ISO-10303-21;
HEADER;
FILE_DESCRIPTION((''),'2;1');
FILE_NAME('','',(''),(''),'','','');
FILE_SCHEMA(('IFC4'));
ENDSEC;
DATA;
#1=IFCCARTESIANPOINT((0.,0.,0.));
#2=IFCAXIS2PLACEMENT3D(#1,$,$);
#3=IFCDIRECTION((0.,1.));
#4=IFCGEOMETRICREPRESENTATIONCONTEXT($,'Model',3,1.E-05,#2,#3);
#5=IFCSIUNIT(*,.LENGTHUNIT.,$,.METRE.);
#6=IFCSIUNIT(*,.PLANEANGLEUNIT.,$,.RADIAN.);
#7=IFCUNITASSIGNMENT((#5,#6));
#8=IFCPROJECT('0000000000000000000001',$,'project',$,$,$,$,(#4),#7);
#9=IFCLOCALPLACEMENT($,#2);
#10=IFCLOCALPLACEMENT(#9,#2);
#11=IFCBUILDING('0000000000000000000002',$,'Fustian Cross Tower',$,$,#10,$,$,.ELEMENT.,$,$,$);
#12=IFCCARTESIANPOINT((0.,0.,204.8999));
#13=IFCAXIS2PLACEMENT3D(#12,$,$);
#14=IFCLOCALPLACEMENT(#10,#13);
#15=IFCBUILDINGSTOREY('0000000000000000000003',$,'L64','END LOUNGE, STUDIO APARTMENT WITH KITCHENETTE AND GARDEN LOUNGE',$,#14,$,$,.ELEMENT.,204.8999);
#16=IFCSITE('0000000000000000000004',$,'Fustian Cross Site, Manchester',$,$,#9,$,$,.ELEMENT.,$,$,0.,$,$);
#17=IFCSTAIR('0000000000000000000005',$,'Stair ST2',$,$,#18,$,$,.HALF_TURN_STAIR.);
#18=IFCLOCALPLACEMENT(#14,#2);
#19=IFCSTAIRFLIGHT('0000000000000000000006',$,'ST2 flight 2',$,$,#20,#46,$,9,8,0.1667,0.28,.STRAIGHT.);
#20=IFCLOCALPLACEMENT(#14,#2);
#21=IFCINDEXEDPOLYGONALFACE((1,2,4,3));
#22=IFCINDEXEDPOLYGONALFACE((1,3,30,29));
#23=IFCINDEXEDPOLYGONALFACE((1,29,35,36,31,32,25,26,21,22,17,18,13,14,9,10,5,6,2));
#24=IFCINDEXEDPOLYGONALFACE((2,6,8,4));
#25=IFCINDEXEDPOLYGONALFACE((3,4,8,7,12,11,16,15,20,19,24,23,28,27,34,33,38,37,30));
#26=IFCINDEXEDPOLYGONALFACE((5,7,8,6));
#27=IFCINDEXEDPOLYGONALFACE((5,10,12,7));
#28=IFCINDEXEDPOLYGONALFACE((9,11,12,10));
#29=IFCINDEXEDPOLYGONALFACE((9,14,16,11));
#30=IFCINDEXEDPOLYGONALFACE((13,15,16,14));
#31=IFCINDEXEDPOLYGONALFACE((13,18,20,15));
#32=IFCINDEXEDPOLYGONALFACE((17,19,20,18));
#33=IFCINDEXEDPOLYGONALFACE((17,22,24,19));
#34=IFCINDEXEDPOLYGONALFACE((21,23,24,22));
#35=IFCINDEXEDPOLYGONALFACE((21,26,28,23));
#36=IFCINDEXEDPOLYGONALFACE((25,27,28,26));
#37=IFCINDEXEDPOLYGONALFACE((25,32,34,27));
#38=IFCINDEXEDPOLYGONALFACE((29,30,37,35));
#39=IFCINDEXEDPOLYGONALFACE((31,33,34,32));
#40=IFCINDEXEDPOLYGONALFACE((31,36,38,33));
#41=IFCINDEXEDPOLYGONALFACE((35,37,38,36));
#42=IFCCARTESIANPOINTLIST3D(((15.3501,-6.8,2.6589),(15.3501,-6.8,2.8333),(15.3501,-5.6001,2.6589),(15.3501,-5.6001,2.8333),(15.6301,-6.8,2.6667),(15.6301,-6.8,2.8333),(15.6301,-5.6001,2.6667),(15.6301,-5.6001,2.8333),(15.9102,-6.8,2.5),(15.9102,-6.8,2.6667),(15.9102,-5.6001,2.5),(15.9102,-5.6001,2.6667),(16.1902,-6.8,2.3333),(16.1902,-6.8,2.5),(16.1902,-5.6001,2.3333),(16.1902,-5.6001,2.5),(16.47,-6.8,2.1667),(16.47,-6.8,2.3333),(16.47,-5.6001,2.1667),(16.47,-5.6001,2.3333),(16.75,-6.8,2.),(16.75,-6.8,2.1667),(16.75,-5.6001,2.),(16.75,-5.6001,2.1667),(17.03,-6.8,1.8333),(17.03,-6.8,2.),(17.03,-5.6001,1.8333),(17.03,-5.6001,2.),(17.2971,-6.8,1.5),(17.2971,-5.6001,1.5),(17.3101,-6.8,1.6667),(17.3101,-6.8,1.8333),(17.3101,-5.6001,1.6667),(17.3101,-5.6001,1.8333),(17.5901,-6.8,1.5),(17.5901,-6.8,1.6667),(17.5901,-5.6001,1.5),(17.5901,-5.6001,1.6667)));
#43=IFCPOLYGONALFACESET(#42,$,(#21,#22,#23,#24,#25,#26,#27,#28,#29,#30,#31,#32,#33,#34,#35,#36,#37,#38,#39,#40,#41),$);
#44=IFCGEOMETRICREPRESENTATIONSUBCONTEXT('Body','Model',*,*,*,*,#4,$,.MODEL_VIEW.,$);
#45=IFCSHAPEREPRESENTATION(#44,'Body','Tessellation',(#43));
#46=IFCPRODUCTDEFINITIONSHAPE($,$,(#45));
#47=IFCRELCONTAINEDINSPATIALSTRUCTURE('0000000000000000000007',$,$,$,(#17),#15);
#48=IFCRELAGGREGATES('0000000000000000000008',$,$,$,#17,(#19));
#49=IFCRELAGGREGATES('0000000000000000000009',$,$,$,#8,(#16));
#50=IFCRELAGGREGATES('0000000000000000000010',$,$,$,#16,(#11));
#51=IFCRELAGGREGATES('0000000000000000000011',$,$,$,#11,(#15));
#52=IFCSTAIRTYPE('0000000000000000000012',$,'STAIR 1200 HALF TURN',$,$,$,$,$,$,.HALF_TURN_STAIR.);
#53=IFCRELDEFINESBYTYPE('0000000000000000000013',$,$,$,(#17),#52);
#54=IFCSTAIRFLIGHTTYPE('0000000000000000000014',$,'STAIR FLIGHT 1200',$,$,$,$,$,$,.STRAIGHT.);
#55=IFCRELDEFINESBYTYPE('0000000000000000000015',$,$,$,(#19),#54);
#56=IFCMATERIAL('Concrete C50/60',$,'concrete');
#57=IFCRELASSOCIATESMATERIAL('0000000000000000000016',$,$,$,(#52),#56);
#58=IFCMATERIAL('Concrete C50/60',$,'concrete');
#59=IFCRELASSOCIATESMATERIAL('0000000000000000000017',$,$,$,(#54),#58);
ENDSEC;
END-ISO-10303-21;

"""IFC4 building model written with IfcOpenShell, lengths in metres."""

from ifc_helpers import new_model, si_unit, direction, frame, origin, place, context, subcontext, project, spatial, polyline, outline, extrude, material, type_object, element, aggregate, save


model = new_model("IFC4")

# Units and contexts
model_context = context("Model", 3, precision=1e-05, world=origin(), true_north=direction((0.0, 1.0)))
body_context = subcontext(model_context, "Body", "Model", "MODEL_VIEW")
ifc_project = project(units=[si_unit("LENGTHUNIT", "METRE"), si_unit("PLANEANGLEUNIT", "RADIAN")], contexts=[model_context])

# Site, building, storey
site_placement = place(None, origin())
site = spatial("IfcSite", under=ifc_project, at=site_placement, Name="Fustian Cross Site, Manchester", CompositionType="ELEMENT", RefElevation=0.0)
building_placement = place(site_placement, origin())
building = spatial("IfcBuilding", under=site, at=building_placement, Name="Fustian Cross Tower", CompositionType="ELEMENT")
storey_placement = place(building_placement, frame((0.0, 0.0, 204.8999)))
storey = spatial("IfcBuildingStorey", under=building, at=storey_placement, Name="L64", Description="END LOUNGE, STUDIO APARTMENT WITH KITCHENETTE AND GARDEN LOUNGE", CompositionType="ELEMENT", Elevation=204.8999)

# Stair, stair flight
ifc_material_1 = material(Name="Concrete C50/60", Category="concrete")
stair_type = type_object("IfcStairType", Name="STAIR 1200 HALF TURN", PredefinedType="HALF_TURN_STAIR", material=ifc_material_1)
stair_placement = place(storey_placement, origin())
stair = element("IfcStair", 1, at=stair_placement, inside=storey, type_object=stair_type, Name="Stair ST2", PredefinedType="HALF_TURN_STAIR")
ifc_material_2 = material(Name="Concrete C50/60", Category="concrete")
stair_flight_type = type_object("IfcStairFlightType", Name="STAIR FLIGHT 1200", PredefinedType="STRAIGHT", material=ifc_material_2)
stair_flight_1_placement = place(storey_placement, frame((17.5901, -6.2, 1.5), z_axis=(0.0, 0.0, 1.0), x_axis=(-1.0, 0.0, 0.0)))
stair_flight_1 = element("IfcStairFlight", 2, at=stair_flight_1_placement, type_object=stair_flight_type, Name="ST2 flight 2", NumberOfRisers=9, NumberOfTreads=8, PredefinedType="STRAIGHT", RiserHeight=0.1667, TreadLength=0.28, context=body_context, shape_type="SweptSolid", body=[
    extrude(outline(polyline([(0.0, 0.0), (0.0, 0.1667), (0.28, 0.1667), (0.28, 0.3333), (0.5601, 0.3333), (0.5601, 0.5), (0.8401, 0.5), (0.8401, 0.6667), (1.1201, 0.6667), (1.1201, 0.8333), (1.3999, 0.8333), (1.3999, 1.0), (1.6799, 1.0), (1.6799, 1.1667), (1.96, 1.1667), (1.96, 1.3333), (2.24, 1.3333), (2.24, 1.5), (2.24, 1.1589), (0.293, 0.0), (0.0, 0.0)])), frame((0.0, 0.6001, 0.0), z_axis=(0.0, -1.0, 0.0), x_axis=(1.0, 0.0, 0.0)), (0.0, 0.0, 1.0), 1.2),
])
aggregate(stair, [stair_flight_1])

save(model, "model.ifc")
